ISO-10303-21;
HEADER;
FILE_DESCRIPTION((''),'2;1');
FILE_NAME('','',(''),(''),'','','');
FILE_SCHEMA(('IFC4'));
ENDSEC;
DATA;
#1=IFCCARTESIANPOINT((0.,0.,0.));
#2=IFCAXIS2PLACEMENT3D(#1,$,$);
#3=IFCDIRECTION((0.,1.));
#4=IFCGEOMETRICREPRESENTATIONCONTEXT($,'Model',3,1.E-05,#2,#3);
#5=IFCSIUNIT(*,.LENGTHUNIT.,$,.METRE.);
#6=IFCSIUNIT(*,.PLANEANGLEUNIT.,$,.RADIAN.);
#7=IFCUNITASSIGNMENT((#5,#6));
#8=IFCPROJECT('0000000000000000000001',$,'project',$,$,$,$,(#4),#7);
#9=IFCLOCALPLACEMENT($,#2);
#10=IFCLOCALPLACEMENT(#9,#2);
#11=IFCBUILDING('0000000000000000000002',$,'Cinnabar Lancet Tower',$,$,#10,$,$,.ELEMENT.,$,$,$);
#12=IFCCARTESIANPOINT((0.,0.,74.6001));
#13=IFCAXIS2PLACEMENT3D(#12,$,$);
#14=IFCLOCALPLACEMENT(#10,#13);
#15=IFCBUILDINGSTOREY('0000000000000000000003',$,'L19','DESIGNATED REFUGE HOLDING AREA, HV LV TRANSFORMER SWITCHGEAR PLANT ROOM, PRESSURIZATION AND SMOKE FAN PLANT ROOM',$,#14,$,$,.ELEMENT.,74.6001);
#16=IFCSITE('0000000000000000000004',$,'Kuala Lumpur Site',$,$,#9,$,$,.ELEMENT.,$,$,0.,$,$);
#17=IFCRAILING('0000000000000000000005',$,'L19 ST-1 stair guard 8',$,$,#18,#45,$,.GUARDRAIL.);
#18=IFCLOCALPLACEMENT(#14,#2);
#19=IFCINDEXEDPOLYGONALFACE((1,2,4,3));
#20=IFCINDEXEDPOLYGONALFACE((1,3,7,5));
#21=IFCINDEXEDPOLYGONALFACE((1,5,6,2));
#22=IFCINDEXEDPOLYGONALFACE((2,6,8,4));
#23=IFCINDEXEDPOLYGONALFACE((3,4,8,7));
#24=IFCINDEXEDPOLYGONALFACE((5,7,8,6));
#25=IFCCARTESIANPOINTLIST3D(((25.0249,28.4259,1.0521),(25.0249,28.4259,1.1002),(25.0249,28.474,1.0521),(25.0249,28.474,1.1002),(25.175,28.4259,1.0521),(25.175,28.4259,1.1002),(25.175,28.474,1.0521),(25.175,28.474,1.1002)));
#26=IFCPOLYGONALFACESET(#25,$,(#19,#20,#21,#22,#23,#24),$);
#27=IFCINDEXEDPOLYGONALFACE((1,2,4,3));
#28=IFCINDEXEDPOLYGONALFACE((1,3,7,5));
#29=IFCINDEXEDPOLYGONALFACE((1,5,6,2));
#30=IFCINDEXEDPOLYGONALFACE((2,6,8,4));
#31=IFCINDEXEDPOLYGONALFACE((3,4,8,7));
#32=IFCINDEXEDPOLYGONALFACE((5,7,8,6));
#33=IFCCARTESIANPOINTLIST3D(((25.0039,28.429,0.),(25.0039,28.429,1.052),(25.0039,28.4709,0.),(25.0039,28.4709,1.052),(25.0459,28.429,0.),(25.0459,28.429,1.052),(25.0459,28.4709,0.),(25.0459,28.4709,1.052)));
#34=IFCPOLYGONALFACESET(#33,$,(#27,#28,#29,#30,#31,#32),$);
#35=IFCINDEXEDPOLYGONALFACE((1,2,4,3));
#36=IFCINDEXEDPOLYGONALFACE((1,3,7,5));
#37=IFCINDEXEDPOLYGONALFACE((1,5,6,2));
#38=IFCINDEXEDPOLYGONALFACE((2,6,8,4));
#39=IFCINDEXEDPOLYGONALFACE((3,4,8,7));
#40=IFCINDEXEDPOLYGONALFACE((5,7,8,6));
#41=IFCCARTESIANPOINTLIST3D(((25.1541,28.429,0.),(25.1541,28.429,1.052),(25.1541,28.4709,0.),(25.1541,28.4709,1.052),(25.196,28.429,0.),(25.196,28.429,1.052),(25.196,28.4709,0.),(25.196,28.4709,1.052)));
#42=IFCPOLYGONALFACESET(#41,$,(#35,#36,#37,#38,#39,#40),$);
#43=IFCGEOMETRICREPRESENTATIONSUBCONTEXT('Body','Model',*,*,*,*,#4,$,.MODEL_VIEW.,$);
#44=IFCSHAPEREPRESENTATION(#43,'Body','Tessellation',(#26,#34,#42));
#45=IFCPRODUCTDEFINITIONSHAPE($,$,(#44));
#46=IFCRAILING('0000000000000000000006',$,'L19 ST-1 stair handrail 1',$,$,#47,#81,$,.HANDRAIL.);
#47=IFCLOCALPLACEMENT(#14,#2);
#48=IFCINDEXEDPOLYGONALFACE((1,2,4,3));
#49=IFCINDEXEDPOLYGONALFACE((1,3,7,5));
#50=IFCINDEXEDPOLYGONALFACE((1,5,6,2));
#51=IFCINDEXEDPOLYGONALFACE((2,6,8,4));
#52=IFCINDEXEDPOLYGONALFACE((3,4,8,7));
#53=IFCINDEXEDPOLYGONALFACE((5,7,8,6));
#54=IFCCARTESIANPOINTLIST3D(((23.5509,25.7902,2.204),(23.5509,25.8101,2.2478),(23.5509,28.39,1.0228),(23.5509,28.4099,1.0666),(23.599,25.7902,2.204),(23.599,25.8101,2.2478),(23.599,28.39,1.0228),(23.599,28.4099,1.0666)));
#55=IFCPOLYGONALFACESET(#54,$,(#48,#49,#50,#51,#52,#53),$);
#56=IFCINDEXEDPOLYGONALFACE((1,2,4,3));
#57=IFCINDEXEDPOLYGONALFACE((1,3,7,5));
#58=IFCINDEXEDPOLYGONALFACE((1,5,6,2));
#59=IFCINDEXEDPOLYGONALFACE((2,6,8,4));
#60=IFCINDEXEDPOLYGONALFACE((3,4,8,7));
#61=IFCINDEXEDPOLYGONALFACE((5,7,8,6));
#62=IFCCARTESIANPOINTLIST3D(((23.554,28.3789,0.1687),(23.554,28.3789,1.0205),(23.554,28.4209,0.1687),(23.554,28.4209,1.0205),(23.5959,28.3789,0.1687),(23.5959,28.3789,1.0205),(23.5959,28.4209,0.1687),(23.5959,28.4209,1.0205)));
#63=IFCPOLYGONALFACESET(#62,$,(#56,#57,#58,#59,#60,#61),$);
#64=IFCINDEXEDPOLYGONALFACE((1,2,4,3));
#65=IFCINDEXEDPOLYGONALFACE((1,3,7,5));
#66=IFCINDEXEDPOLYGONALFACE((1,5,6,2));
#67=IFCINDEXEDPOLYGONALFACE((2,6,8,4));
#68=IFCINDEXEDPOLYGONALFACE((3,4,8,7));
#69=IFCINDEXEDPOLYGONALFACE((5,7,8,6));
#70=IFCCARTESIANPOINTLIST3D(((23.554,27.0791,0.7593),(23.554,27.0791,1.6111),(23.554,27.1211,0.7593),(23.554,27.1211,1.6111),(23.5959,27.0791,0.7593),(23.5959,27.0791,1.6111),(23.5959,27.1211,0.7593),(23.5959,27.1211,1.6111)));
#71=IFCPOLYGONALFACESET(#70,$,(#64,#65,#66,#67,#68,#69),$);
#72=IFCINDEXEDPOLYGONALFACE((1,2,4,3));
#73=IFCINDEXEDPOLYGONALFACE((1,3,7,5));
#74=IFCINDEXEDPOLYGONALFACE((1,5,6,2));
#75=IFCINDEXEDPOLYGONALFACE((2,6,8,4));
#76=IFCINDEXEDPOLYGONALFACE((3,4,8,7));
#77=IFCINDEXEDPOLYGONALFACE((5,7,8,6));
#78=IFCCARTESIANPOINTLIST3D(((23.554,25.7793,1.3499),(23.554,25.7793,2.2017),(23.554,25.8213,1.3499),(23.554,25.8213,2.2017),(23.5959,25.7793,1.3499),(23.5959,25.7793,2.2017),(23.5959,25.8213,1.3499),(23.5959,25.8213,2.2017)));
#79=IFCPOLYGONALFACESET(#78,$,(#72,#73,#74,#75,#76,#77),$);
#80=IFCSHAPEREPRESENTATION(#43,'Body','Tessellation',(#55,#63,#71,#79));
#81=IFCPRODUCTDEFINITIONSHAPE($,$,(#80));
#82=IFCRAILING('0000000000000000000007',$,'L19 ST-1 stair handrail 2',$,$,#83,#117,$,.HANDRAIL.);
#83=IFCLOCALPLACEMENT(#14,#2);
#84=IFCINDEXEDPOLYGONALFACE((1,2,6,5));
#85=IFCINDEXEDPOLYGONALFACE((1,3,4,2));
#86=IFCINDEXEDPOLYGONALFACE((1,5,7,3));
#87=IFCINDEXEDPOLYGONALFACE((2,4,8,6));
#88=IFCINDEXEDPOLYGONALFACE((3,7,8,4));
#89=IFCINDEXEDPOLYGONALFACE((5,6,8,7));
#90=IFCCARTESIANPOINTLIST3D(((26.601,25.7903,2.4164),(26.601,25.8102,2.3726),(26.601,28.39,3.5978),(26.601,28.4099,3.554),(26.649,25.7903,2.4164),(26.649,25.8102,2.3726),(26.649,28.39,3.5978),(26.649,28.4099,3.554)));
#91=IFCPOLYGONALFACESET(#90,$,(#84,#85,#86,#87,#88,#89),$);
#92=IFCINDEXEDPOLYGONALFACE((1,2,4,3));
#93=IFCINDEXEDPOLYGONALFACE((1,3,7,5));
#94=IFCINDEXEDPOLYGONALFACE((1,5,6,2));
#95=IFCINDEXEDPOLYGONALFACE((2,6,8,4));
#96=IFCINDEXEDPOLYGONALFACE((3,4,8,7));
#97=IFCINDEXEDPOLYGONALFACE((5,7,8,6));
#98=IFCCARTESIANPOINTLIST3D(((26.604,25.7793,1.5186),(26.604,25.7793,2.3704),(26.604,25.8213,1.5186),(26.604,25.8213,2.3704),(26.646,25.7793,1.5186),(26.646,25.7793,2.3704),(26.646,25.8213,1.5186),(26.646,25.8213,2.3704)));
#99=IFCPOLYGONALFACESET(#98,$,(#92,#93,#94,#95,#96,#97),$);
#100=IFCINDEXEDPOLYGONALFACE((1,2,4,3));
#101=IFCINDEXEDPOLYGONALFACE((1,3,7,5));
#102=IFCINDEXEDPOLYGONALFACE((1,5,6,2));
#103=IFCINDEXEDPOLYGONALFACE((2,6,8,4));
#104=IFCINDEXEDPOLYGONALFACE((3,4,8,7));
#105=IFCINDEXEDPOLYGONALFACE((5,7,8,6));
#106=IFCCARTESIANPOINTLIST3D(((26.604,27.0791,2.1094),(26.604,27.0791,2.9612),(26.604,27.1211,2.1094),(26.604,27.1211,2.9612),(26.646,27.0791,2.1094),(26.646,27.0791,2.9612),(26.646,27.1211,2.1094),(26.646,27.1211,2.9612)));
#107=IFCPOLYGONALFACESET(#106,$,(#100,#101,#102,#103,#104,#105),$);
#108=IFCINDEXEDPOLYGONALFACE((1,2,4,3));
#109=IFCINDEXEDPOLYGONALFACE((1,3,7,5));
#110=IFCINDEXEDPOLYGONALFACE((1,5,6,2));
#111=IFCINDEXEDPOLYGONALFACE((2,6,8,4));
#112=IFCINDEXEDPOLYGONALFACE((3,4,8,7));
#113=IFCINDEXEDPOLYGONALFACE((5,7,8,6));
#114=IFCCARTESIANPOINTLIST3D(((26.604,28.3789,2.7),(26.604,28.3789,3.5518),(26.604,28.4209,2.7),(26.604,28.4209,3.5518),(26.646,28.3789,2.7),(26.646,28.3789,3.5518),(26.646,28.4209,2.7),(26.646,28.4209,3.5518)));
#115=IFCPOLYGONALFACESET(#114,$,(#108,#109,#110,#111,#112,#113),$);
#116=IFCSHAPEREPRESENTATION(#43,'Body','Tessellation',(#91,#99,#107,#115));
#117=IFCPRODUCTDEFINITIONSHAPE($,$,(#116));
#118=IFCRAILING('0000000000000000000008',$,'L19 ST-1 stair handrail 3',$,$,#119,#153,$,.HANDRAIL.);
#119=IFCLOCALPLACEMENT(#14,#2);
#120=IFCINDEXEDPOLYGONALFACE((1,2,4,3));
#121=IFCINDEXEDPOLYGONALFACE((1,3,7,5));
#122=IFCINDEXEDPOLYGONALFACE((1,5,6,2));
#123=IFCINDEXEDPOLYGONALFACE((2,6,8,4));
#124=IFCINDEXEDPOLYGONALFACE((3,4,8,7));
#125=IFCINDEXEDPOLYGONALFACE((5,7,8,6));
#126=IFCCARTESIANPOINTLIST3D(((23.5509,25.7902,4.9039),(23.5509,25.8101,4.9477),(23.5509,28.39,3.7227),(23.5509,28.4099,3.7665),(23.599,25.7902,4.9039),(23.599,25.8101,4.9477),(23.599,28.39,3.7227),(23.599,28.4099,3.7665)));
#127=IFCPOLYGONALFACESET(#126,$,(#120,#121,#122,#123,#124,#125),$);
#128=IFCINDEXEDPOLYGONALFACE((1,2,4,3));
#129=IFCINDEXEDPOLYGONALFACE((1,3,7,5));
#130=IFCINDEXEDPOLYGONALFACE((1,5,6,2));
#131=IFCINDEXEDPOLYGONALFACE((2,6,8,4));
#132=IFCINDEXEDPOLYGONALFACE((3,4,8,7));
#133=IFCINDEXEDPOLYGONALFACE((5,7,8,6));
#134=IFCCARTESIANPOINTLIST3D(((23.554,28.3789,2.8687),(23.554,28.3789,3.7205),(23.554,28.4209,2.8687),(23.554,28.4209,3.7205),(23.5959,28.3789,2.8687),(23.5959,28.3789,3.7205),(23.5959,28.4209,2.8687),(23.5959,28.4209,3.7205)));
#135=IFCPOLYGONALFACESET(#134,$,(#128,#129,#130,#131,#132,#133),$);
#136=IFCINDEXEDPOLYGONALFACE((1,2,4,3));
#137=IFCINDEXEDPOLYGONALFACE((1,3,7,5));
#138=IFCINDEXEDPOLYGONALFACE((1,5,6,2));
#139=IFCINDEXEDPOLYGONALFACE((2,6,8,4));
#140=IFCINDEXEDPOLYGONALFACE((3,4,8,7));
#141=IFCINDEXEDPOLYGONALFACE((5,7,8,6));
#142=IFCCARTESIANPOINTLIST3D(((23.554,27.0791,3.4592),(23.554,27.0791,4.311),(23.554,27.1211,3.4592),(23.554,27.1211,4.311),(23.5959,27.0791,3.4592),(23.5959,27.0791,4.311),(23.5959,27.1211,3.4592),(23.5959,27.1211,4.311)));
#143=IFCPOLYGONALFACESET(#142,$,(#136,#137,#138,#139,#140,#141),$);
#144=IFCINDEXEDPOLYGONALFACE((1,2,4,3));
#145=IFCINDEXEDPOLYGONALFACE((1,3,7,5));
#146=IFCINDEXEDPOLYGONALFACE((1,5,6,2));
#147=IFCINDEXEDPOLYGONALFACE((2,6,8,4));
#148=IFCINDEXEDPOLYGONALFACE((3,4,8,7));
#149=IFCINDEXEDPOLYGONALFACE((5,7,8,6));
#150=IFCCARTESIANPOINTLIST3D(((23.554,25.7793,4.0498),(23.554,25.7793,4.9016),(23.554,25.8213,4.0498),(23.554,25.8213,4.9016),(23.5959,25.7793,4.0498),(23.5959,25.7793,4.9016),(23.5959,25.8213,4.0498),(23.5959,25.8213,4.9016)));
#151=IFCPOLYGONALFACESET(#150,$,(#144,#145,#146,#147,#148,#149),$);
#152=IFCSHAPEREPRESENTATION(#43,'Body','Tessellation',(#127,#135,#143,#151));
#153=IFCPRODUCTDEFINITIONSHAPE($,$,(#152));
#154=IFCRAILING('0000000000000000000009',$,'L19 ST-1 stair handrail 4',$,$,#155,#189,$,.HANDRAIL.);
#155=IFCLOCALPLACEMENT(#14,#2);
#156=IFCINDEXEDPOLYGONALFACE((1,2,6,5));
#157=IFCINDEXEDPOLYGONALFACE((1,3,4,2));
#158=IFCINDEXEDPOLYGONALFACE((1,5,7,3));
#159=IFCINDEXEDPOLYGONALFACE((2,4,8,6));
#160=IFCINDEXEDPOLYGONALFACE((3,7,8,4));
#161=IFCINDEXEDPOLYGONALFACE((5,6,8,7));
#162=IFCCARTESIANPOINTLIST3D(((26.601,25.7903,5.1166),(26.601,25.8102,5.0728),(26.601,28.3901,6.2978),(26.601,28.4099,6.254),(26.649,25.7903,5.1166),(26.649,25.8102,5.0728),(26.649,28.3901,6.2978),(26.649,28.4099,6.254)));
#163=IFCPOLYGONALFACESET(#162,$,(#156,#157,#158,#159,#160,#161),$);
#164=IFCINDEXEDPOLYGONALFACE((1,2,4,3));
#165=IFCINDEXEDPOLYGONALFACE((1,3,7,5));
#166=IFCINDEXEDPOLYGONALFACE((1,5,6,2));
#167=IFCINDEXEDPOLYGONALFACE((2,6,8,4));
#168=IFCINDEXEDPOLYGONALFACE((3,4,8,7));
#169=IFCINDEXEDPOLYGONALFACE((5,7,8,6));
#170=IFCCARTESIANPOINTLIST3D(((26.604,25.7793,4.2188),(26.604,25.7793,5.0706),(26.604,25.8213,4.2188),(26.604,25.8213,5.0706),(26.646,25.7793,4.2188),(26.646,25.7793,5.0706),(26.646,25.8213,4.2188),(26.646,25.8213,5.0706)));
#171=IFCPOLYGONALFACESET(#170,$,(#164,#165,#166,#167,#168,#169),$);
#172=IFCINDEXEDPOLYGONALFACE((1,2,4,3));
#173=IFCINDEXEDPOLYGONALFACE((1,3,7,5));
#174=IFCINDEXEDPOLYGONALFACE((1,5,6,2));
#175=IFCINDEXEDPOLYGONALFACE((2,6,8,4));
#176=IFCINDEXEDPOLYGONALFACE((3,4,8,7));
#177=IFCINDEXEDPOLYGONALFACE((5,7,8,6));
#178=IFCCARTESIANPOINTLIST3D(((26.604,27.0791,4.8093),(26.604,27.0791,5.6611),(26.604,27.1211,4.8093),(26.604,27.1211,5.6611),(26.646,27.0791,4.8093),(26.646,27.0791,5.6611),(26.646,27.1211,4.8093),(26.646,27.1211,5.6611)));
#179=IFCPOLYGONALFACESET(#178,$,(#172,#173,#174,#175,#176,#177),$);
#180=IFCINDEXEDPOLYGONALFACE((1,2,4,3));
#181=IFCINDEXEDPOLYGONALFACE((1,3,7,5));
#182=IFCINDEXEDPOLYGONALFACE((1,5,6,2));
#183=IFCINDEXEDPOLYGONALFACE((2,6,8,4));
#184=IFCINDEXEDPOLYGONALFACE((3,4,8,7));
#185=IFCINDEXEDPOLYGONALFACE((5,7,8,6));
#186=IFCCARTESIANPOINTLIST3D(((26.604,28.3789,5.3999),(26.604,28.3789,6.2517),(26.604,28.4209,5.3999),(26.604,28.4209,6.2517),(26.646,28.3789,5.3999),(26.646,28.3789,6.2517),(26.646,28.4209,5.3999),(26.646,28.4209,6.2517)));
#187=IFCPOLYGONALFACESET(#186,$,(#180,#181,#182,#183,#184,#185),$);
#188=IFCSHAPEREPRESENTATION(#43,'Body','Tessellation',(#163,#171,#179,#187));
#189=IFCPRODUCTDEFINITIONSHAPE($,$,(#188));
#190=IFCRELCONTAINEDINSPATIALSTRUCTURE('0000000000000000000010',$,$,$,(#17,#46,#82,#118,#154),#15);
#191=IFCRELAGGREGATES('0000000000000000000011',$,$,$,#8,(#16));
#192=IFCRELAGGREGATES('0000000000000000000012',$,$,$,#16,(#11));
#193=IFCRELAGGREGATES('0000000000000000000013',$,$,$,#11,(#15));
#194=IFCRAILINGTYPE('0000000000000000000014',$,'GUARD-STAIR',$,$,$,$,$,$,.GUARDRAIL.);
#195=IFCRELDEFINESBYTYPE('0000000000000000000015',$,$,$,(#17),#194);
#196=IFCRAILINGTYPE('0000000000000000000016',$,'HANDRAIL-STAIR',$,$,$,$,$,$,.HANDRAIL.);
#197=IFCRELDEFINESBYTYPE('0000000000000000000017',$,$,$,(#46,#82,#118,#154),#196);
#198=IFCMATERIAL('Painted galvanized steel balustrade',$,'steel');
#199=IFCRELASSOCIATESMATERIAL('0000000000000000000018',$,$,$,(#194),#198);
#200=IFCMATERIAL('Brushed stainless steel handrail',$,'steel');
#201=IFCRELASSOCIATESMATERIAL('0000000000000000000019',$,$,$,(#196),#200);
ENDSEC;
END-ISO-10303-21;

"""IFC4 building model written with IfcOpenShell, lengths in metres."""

from ifc_helpers import new_model, si_unit, direction, frame, origin, origin_2d, place, context, subcontext, project, spatial, rectangle, extrude, material, type_object, element, save


model = new_model("IFC4")

# Units and contexts
model_context = context("Model", 3, precision=1e-05, world=origin(), true_north=direction((0.0, 1.0)))
body_context = subcontext(model_context, "Body", "Model", "MODEL_VIEW")
ifc_project = project(units=[si_unit("LENGTHUNIT", "METRE"), si_unit("PLANEANGLEUNIT", "RADIAN")], contexts=[model_context])

# Site, building, storey
site_placement = place(None, origin())
site = spatial("IfcSite", under=ifc_project, at=site_placement, Name="Kuala Lumpur Site", CompositionType="ELEMENT", RefElevation=0.0)
building_placement = place(site_placement, origin())
building = spatial("IfcBuilding", under=site, at=building_placement, Name="Cinnabar Lancet Tower", CompositionType="ELEMENT")
storey_placement = place(building_placement, frame((0.0, 0.0, 74.6001)))
storey = spatial("IfcBuildingStorey", under=building, at=storey_placement, Name="L19", Description="DESIGNATED REFUGE HOLDING AREA, HV LV TRANSFORMER SWITCHGEAR PLANT ROOM, PRESSURIZATION AND SMOKE FAN PLANT ROOM", CompositionType="ELEMENT", Elevation=74.6001)

# Railings
ifc_material_1 = material(Name="Painted galvanized steel balustrade", Category="steel")
railing_type_1 = type_object("IfcRailingType", Name="GUARD-STAIR", PredefinedType="GUARDRAIL", material=ifc_material_1)
railing_1_placement = place(storey_placement, frame((25.0249, 28.45, 0.0)))
element("IfcRailing", 1, at=railing_1_placement, inside=storey, type_object=railing_type_1, Name="L19 ST-1 stair guard 8", PredefinedType="GUARDRAIL", context=body_context, shape_type="SweptSolid", body=[
    extrude(rectangle(XDim=0.0481, YDim=0.0481, at=origin_2d()), frame((0.0, 0.0, 1.0762), z_axis=(1.0, 0.0, 0.0), x_axis=(0.0, 1.0, 0.0)), (0.0, 0.0, 1.0), 0.1501),
    extrude(rectangle(XDim=0.042, YDim=0.042, at=origin_2d()), origin(), (0.0, 0.0, 1.0), 1.052),
    extrude(rectangle(XDim=0.042, YDim=0.042, at=origin_2d()), frame((0.1501, 0.0, 0.0)), (0.0, 0.0, 1.0), 1.052),
])
ifc_material_2 = material(Name="Brushed stainless steel handrail", Category="steel")
railing_type_2 = type_object("IfcRailingType", Name="HANDRAIL-STAIR", PredefinedType="HANDRAIL", material=ifc_material_2)
railing_2_placement = place(storey_placement, frame((23.575, 28.3999, 0.1687)))
element("IfcRailing", 2, at=railing_2_placement, inside=storey, type_object=railing_type_2, Name="L19 ST-1 stair handrail 1", PredefinedType="HANDRAIL", context=body_context, shape_type="SweptSolid", body=[
    extrude(rectangle(XDim=0.0481, YDim=0.0481, at=origin_2d()), frame((0.0, 0.0, 0.876), z_axis=(0.0, -0.910431, 0.413661), x_axis=(1.0, 0.0, 0.0)), (0.0, 0.0, 1.0), 2.8555),
    extrude(rectangle(XDim=0.042, YDim=0.042, at=origin_2d()), origin(), (0.0, 0.0, 1.0), 0.8518),
    extrude(rectangle(XDim=0.042, YDim=0.042, at=origin_2d()), frame((0.0, -1.2998, 0.5906)), (0.0, 0.0, 1.0), 0.8518),
    extrude(rectangle(XDim=0.042, YDim=0.042, at=origin_2d()), frame((0.0, -2.5996, 1.1812)), (0.0, 0.0, 1.0), 0.8518),
])
railing_3_placement = place(storey_placement, frame((26.625, 25.8003, 1.5186)))
element("IfcRailing", 3, at=railing_3_placement, inside=storey, type_object=railing_type_2, Name="L19 ST-1 stair handrail 2", PredefinedType="HANDRAIL", context=body_context, shape_type="SweptSolid", body=[
    extrude(rectangle(XDim=0.0481, YDim=0.0481, at=origin_2d()), frame((0.0, 0.0, 0.876), z_axis=(0.0, 0.910399, 0.413732), x_axis=(-1.0, 0.0, 0.0)), (0.0, 0.0, 1.0), 2.8555),
    extrude(rectangle(XDim=0.042, YDim=0.042, at=origin_2d()), origin(), (0.0, 0.0, 1.0), 0.8518),
    extrude(rectangle(XDim=0.042, YDim=0.042, at=origin_2d()), frame((0.0, 1.2998, 0.5908)), (0.0, 0.0, 1.0), 0.8518),
    extrude(rectangle(XDim=0.042, YDim=0.042, at=origin_2d()), frame((0.0, 2.5996, 1.1814)), (0.0, 0.0, 1.0), 0.8518),
])
railing_4_placement = place(storey_placement, frame((23.575, 28.3999, 2.8687)))
element("IfcRailing", 4, at=railing_4_placement, inside=storey, type_object=railing_type_2, Name="L19 ST-1 stair handrail 3", PredefinedType="HANDRAIL", context=body_context, shape_type="SweptSolid", body=[
    extrude(rectangle(XDim=0.0481, YDim=0.0481, at=origin_2d()), frame((0.0, 0.0, 0.876), z_axis=(0.0, -0.910431, 0.413661), x_axis=(1.0, 0.0, 0.0)), (0.0, 0.0, 1.0), 2.8555),
    extrude(rectangle(XDim=0.042, YDim=0.042, at=origin_2d()), origin(), (0.0, 0.0, 1.0), 0.8518),
    extrude(rectangle(XDim=0.042, YDim=0.042, at=origin_2d()), frame((0.0, -1.2998, 0.5906)), (0.0, 0.0, 1.0), 0.8518),
    extrude(rectangle(XDim=0.042, YDim=0.042, at=origin_2d()), frame((0.0, -2.5996, 1.1812)), (0.0, 0.0, 1.0), 0.8518),
])
railing_5_placement = place(storey_placement, frame((26.625, 25.8003, 4.2188)))
element("IfcRailing", 5, at=railing_5_placement, inside=storey, type_object=railing_type_2, Name="L19 ST-1 stair handrail 4", PredefinedType="HANDRAIL", context=body_context, shape_type="SweptSolid", body=[
    extrude(rectangle(XDim=0.0481, YDim=0.0481, at=origin_2d()), frame((0.0, 0.0, 0.876), z_axis=(0.0, 0.910431, 0.413661), x_axis=(-1.0, 0.0, 0.0)), (0.0, 0.0, 1.0), 2.8555),
    extrude(rectangle(XDim=0.042, YDim=0.042, at=origin_2d()), origin(), (0.0, 0.0, 1.0), 0.8518),
    extrude(rectangle(XDim=0.042, YDim=0.042, at=origin_2d()), frame((0.0, 1.2998, 0.5906)), (0.0, 0.0, 1.0), 0.8518),
    extrude(rectangle(XDim=0.042, YDim=0.042, at=origin_2d()), frame((0.0, 2.5996, 1.1812)), (0.0, 0.0, 1.0), 0.8518),
])

save(model, "model.ifc")
